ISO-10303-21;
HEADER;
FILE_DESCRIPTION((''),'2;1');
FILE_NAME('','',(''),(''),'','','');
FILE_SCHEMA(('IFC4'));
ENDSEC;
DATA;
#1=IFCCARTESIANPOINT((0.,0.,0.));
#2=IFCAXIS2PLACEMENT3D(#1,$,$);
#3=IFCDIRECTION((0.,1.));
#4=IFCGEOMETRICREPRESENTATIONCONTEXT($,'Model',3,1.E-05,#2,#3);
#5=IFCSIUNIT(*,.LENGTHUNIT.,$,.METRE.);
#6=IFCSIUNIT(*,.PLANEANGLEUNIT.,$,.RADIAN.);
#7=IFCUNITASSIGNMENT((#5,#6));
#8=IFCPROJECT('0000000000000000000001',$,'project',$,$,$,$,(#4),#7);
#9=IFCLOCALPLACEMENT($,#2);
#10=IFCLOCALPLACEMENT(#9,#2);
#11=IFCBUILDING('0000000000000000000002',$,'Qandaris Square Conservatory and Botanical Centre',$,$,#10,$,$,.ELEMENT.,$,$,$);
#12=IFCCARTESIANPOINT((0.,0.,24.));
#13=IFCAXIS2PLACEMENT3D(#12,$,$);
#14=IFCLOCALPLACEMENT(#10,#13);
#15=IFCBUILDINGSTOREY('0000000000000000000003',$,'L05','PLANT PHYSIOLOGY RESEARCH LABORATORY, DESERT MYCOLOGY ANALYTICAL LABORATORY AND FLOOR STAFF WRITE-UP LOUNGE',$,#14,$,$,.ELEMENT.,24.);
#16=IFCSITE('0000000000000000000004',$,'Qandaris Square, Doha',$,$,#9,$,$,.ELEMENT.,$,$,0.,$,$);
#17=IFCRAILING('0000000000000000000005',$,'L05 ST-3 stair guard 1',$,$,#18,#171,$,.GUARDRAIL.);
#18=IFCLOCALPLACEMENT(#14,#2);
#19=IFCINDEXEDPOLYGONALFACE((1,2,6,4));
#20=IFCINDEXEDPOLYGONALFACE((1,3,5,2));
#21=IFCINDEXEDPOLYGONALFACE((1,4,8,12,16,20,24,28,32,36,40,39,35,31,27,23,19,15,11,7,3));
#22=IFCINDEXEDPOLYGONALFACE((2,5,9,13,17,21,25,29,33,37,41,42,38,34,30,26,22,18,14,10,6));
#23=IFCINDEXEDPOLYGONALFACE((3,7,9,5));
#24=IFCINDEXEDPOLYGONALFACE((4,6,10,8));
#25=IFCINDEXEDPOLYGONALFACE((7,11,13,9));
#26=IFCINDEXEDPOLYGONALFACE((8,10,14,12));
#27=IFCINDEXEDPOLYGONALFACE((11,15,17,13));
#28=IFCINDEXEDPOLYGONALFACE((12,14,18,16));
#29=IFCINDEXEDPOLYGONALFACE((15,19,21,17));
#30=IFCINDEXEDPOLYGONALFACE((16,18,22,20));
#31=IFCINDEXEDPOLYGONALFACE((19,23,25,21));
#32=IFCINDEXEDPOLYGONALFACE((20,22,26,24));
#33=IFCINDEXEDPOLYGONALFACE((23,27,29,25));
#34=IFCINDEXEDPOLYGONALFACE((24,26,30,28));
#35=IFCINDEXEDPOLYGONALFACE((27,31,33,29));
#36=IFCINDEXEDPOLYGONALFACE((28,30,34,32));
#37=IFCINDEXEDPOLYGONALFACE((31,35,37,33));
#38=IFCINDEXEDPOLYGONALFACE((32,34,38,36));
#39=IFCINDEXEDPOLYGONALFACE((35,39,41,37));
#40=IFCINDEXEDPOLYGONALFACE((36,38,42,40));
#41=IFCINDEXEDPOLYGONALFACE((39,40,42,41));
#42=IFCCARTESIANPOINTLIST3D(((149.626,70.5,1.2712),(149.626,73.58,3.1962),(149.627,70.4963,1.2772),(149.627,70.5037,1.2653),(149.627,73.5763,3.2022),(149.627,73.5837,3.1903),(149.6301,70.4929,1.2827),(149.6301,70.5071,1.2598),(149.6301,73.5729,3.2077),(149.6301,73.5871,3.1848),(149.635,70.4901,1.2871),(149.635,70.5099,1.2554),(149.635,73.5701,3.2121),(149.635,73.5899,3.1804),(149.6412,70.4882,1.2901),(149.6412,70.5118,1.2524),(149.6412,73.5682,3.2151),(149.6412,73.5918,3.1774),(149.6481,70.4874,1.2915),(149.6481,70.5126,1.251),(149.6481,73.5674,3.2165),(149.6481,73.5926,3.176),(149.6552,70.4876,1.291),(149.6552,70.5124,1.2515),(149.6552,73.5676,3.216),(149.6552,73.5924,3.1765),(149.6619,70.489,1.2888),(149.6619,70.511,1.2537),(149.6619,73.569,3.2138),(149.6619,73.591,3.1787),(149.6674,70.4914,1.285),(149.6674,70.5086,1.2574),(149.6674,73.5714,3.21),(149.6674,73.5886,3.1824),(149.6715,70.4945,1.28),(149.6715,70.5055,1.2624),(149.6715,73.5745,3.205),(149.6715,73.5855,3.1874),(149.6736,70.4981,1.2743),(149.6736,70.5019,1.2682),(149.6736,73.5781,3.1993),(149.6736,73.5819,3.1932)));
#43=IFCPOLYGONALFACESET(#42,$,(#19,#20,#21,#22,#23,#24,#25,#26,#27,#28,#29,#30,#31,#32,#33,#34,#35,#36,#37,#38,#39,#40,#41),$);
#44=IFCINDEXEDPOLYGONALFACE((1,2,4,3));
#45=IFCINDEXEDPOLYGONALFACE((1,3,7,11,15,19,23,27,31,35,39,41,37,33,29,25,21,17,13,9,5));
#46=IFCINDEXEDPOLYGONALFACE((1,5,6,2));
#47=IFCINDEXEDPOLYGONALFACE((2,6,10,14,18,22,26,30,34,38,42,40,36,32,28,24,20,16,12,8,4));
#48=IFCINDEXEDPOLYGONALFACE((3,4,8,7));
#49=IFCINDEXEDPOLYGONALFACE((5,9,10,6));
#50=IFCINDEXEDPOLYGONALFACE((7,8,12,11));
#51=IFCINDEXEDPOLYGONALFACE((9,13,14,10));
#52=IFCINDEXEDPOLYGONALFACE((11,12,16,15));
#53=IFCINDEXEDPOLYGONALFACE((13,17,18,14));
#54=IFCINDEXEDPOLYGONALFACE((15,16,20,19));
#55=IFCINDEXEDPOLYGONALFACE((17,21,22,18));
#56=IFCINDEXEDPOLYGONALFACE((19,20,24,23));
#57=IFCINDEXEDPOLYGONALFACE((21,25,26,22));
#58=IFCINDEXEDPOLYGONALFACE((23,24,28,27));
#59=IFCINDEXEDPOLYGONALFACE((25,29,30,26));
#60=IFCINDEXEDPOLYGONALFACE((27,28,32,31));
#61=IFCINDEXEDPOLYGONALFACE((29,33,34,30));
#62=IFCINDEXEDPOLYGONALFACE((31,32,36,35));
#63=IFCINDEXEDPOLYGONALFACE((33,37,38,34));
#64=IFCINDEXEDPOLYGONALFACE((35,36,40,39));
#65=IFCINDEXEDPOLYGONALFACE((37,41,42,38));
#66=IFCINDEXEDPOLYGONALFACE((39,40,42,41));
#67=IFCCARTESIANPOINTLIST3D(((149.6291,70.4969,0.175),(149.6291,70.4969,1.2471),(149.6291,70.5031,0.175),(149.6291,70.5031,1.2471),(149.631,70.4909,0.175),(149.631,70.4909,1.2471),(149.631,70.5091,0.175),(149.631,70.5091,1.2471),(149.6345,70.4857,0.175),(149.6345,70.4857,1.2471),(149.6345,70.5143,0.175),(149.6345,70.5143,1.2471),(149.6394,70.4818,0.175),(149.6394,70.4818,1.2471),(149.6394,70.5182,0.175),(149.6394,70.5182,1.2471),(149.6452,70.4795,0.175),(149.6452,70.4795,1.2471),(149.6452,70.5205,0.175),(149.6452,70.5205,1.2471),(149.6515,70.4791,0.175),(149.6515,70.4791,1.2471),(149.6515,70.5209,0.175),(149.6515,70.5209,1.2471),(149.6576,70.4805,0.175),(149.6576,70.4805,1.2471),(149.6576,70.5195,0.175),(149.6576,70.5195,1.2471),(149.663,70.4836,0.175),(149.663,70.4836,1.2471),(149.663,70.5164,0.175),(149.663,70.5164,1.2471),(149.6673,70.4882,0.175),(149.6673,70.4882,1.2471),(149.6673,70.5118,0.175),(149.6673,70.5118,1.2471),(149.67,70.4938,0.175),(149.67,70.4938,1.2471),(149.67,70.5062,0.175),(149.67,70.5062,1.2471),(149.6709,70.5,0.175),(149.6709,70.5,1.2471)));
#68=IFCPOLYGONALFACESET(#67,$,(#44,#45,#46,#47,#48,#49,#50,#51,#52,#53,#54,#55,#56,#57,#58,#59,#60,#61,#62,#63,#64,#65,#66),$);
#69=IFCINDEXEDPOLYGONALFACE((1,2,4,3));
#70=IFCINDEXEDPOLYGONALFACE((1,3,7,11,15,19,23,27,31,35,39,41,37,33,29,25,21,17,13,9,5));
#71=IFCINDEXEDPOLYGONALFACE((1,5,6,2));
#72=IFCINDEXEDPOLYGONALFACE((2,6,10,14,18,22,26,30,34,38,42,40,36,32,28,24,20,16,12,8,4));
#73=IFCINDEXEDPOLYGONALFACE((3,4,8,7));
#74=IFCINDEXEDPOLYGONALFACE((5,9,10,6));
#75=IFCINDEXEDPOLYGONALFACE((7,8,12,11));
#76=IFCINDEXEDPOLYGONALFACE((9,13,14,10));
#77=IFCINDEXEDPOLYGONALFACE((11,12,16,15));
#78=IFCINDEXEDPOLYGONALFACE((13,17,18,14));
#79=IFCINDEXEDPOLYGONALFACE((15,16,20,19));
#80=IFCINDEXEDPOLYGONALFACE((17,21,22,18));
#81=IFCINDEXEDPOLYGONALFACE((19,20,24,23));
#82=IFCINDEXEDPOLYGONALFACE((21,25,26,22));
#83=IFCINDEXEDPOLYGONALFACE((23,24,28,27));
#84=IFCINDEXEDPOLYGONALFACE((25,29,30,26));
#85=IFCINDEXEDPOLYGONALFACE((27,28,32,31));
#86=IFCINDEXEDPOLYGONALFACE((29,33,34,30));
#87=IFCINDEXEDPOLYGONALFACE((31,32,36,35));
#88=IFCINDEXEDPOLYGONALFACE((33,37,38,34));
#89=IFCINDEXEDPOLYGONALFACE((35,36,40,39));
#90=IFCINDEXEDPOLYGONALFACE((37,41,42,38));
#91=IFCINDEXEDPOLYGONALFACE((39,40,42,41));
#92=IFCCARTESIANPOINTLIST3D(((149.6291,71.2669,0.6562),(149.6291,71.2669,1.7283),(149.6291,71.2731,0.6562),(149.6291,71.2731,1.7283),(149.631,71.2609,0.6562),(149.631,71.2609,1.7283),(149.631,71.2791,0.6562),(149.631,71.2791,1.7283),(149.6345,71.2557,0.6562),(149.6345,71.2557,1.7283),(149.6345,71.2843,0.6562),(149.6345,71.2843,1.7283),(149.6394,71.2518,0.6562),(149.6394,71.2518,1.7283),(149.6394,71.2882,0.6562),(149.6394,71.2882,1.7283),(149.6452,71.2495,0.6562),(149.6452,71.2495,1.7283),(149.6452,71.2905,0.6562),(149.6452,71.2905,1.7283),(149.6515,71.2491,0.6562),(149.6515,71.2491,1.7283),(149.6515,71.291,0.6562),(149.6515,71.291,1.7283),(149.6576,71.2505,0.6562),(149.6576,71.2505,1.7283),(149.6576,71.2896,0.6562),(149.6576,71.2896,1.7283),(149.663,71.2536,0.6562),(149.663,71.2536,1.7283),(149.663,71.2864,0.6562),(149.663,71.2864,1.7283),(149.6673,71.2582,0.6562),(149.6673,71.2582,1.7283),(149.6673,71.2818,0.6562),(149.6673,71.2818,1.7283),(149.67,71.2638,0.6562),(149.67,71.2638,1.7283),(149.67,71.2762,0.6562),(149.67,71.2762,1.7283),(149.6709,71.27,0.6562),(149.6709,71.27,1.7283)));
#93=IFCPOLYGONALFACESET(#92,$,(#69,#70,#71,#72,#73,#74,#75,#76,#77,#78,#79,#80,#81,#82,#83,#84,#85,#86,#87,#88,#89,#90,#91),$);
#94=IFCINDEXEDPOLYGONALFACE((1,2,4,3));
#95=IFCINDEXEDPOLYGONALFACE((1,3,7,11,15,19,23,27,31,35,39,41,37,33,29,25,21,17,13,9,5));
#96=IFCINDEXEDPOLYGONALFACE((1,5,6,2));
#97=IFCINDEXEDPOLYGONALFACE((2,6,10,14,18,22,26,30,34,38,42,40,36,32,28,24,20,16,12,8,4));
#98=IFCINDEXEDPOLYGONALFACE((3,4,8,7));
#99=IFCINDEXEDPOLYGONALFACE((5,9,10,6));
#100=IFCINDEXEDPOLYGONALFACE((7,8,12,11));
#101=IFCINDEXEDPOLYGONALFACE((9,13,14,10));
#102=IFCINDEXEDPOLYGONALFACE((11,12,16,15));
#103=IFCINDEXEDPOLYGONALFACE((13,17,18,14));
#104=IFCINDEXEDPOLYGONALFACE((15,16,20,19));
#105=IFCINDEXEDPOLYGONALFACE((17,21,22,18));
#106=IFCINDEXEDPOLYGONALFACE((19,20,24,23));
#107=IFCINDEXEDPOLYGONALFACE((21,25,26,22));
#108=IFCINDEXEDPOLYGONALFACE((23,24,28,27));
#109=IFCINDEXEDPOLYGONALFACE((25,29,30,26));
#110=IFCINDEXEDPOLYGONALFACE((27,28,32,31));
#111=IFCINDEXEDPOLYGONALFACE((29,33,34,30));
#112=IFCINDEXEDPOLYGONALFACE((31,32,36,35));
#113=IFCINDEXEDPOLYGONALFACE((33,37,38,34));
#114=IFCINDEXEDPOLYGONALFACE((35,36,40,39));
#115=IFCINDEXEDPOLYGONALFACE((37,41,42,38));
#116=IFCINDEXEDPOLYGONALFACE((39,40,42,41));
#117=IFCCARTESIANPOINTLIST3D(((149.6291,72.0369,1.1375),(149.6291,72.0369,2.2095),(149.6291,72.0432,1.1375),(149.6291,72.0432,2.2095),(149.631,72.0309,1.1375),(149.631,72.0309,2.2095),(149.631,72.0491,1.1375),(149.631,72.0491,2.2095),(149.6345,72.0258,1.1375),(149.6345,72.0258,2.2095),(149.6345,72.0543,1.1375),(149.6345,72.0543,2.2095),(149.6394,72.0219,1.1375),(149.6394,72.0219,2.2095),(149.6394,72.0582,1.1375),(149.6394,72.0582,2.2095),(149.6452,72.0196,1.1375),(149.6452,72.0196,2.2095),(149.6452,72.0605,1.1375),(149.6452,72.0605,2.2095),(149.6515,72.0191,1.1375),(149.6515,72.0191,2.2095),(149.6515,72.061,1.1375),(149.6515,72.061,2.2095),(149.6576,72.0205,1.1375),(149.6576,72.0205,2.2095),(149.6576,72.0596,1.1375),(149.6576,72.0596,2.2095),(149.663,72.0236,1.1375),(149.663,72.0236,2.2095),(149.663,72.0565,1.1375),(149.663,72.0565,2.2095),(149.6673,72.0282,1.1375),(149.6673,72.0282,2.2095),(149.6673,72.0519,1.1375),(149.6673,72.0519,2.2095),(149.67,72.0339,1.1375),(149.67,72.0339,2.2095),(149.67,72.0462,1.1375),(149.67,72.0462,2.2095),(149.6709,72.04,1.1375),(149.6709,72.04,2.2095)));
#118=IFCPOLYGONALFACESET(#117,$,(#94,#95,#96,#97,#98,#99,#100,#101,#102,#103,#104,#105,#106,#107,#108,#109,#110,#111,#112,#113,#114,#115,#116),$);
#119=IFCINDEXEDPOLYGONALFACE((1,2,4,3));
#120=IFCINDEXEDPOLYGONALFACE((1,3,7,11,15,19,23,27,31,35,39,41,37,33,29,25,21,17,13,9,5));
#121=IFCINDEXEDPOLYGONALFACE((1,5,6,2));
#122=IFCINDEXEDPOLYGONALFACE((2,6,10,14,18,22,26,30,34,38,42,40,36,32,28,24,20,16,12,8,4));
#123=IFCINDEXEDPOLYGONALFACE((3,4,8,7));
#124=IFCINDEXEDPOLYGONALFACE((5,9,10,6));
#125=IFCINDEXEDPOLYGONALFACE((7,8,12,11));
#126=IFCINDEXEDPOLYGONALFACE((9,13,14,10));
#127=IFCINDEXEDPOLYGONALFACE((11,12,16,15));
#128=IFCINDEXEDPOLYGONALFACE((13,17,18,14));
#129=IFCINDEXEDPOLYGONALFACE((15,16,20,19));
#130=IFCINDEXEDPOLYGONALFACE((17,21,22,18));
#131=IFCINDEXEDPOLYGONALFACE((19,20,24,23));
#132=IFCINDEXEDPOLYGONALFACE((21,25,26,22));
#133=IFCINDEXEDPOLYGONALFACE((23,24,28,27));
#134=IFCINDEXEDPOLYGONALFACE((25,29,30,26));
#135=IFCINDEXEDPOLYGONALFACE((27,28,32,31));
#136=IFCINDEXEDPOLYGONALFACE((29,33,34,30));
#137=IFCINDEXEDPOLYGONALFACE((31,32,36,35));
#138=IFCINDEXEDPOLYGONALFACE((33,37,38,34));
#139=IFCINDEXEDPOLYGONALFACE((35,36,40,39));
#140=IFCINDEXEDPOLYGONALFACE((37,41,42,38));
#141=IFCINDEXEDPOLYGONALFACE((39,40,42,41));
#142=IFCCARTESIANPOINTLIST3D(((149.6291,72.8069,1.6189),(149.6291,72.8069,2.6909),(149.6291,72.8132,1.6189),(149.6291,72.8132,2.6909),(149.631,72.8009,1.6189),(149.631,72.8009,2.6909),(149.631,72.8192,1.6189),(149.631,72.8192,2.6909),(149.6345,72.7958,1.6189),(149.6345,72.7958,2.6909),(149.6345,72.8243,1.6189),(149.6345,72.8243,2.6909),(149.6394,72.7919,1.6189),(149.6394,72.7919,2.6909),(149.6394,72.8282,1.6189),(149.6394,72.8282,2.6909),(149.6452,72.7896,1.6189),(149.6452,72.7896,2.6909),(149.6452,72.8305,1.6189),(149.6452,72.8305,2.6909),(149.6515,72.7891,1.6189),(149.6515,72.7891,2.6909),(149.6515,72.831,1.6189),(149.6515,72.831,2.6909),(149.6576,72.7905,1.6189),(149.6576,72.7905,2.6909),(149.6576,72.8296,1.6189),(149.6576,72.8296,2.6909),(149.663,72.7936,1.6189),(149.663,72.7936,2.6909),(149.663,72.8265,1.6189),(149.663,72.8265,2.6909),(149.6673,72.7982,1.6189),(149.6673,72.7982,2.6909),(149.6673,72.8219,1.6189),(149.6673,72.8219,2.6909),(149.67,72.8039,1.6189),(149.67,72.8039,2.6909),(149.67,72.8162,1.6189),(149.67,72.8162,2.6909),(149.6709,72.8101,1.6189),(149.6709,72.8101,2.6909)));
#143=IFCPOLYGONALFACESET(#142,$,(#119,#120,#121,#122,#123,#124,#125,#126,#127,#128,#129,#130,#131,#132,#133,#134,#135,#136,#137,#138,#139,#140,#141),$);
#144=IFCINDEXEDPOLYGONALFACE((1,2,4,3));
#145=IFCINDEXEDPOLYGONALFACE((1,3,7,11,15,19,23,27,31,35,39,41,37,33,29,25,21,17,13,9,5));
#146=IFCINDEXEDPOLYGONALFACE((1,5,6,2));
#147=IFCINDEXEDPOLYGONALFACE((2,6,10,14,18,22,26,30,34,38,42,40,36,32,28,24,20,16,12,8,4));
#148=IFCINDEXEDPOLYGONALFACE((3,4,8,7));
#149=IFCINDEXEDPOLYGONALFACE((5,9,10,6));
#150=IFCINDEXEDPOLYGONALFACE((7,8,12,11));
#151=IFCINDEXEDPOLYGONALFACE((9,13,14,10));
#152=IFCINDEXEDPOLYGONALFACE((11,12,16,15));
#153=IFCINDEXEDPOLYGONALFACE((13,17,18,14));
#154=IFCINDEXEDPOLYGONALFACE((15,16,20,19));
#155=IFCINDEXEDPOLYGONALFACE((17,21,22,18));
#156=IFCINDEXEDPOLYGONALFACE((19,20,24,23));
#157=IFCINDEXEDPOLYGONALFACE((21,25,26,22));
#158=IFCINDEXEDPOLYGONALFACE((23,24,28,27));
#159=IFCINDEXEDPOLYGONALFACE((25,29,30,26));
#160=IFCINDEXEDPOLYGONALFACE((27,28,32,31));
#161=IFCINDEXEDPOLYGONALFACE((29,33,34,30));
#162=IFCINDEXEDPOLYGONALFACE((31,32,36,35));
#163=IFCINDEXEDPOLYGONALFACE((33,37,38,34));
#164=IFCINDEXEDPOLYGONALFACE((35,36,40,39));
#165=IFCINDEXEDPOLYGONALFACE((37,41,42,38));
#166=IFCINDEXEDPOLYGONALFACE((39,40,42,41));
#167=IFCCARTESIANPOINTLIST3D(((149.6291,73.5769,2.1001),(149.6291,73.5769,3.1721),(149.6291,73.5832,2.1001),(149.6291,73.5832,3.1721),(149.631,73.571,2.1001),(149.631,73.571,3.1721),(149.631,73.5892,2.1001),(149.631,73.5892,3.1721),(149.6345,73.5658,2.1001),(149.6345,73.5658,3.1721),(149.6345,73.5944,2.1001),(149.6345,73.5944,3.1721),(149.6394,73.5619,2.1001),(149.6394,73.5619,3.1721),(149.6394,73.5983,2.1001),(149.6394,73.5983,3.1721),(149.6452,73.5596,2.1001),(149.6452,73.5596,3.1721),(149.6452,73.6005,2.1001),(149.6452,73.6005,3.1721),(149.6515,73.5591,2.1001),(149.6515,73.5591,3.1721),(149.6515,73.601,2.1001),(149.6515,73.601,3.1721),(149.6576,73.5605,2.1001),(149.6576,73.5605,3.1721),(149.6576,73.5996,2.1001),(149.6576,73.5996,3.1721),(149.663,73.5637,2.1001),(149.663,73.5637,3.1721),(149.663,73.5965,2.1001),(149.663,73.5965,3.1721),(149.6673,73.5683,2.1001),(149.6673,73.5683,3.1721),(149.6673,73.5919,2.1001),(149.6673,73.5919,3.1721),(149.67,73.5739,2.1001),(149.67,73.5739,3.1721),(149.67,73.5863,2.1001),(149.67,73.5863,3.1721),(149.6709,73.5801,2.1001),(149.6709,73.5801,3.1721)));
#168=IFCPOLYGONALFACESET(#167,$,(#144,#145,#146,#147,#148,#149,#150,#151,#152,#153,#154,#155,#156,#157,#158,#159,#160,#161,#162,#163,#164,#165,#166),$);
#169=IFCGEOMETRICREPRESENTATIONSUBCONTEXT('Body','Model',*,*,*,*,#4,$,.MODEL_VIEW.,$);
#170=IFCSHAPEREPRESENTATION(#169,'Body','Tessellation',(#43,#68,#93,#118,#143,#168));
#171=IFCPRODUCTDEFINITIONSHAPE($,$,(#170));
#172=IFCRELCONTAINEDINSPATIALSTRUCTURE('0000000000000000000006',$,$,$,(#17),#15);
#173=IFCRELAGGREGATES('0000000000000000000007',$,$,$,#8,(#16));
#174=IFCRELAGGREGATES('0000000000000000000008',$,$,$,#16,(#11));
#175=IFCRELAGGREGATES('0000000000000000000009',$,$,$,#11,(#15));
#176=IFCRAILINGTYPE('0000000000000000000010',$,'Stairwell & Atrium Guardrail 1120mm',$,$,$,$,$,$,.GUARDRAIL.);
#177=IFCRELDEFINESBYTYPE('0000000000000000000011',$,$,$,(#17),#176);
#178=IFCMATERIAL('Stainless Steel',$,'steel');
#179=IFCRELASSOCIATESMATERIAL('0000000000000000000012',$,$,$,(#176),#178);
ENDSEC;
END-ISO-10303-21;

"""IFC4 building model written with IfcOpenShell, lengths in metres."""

from ifc_helpers import new_model, si_unit, direction, frame, origin, origin_2d, place, context, subcontext, project, spatial, circle, extrude, material, type_object, element, save


model = new_model("IFC4")

# Units and contexts
model_context = context("Model", 3, precision=1e-05, world=origin(), true_north=direction((0.0, 1.0)))
body_context = subcontext(model_context, "Body", "Model", "MODEL_VIEW")
ifc_project = project(units=[si_unit("LENGTHUNIT", "METRE"), si_unit("PLANEANGLEUNIT", "RADIAN")], contexts=[model_context])

# Site, building, storey
site_placement = place(None, origin())
site = spatial("IfcSite", under=ifc_project, at=site_placement, Name="Qandaris Square, Doha", CompositionType="ELEMENT", RefElevation=0.0)
building_placement = place(site_placement, origin())
building = spatial("IfcBuilding", under=site, at=building_placement, Name="Qandaris Square Conservatory and Botanical Centre", CompositionType="ELEMENT")
storey_placement = place(building_placement, frame((0.0, 0.0, 24.0)))
storey = spatial("IfcBuildingStorey", under=building, at=storey_placement, Name="L05", Description="PLANT PHYSIOLOGY RESEARCH LABORATORY, DESERT MYCOLOGY ANALYTICAL LABORATORY AND FLOOR STAFF WRITE-UP LOUNGE", CompositionType="ELEMENT", Elevation=24.0)

# Railing
ifc_material_1 = material(Name="Stainless Steel", Category="steel")
railing_type_1 = type_object("IfcRailingType", Name="Stairwell & Atrium Guardrail 1120mm", PredefinedType="GUARDRAIL", material=ifc_material_1)
railing_1_placement = place(storey_placement, frame((149.6499, 70.5, 0.175)))
element("IfcRailing", 1, at=railing_1_placement, inside=storey, type_object=railing_type_1, Name="L05 ST-3 stair guard 1", PredefinedType="GUARDRAIL", context=body_context, shape_type="SweptSolid", body=[
    extrude(circle(Radius=0.0239, at=origin_2d()), frame((0.0, 0.0, 1.0962), z_axis=(0.0, 0.847998, 0.529999), x_axis=(-1.0, 0.0, 0.0)), (0.0, 0.0, 1.0), 3.6321),
    extrude(circle(Radius=0.021, at=origin_2d()), origin(), (0.0, 0.0, 1.0), 1.072),
    extrude(circle(Radius=0.021, at=origin_2d()), frame((0.0, 0.77, 0.4812)), (0.0, 0.0, 1.0), 1.072),
    extrude(circle(Radius=0.021, at=origin_2d()), frame((0.0, 1.54, 0.9624)), (0.0, 0.0, 1.0), 1.072),
    extrude(circle(Radius=0.021, at=origin_2d()), frame((0.0, 2.3101, 1.4438)), (0.0, 0.0, 1.0), 1.072),
    extrude(circle(Radius=0.021, at=origin_2d()), frame((0.0, 3.0801, 1.925)), (0.0, 0.0, 1.0), 1.072),
])

save(model, "model.ifc")
